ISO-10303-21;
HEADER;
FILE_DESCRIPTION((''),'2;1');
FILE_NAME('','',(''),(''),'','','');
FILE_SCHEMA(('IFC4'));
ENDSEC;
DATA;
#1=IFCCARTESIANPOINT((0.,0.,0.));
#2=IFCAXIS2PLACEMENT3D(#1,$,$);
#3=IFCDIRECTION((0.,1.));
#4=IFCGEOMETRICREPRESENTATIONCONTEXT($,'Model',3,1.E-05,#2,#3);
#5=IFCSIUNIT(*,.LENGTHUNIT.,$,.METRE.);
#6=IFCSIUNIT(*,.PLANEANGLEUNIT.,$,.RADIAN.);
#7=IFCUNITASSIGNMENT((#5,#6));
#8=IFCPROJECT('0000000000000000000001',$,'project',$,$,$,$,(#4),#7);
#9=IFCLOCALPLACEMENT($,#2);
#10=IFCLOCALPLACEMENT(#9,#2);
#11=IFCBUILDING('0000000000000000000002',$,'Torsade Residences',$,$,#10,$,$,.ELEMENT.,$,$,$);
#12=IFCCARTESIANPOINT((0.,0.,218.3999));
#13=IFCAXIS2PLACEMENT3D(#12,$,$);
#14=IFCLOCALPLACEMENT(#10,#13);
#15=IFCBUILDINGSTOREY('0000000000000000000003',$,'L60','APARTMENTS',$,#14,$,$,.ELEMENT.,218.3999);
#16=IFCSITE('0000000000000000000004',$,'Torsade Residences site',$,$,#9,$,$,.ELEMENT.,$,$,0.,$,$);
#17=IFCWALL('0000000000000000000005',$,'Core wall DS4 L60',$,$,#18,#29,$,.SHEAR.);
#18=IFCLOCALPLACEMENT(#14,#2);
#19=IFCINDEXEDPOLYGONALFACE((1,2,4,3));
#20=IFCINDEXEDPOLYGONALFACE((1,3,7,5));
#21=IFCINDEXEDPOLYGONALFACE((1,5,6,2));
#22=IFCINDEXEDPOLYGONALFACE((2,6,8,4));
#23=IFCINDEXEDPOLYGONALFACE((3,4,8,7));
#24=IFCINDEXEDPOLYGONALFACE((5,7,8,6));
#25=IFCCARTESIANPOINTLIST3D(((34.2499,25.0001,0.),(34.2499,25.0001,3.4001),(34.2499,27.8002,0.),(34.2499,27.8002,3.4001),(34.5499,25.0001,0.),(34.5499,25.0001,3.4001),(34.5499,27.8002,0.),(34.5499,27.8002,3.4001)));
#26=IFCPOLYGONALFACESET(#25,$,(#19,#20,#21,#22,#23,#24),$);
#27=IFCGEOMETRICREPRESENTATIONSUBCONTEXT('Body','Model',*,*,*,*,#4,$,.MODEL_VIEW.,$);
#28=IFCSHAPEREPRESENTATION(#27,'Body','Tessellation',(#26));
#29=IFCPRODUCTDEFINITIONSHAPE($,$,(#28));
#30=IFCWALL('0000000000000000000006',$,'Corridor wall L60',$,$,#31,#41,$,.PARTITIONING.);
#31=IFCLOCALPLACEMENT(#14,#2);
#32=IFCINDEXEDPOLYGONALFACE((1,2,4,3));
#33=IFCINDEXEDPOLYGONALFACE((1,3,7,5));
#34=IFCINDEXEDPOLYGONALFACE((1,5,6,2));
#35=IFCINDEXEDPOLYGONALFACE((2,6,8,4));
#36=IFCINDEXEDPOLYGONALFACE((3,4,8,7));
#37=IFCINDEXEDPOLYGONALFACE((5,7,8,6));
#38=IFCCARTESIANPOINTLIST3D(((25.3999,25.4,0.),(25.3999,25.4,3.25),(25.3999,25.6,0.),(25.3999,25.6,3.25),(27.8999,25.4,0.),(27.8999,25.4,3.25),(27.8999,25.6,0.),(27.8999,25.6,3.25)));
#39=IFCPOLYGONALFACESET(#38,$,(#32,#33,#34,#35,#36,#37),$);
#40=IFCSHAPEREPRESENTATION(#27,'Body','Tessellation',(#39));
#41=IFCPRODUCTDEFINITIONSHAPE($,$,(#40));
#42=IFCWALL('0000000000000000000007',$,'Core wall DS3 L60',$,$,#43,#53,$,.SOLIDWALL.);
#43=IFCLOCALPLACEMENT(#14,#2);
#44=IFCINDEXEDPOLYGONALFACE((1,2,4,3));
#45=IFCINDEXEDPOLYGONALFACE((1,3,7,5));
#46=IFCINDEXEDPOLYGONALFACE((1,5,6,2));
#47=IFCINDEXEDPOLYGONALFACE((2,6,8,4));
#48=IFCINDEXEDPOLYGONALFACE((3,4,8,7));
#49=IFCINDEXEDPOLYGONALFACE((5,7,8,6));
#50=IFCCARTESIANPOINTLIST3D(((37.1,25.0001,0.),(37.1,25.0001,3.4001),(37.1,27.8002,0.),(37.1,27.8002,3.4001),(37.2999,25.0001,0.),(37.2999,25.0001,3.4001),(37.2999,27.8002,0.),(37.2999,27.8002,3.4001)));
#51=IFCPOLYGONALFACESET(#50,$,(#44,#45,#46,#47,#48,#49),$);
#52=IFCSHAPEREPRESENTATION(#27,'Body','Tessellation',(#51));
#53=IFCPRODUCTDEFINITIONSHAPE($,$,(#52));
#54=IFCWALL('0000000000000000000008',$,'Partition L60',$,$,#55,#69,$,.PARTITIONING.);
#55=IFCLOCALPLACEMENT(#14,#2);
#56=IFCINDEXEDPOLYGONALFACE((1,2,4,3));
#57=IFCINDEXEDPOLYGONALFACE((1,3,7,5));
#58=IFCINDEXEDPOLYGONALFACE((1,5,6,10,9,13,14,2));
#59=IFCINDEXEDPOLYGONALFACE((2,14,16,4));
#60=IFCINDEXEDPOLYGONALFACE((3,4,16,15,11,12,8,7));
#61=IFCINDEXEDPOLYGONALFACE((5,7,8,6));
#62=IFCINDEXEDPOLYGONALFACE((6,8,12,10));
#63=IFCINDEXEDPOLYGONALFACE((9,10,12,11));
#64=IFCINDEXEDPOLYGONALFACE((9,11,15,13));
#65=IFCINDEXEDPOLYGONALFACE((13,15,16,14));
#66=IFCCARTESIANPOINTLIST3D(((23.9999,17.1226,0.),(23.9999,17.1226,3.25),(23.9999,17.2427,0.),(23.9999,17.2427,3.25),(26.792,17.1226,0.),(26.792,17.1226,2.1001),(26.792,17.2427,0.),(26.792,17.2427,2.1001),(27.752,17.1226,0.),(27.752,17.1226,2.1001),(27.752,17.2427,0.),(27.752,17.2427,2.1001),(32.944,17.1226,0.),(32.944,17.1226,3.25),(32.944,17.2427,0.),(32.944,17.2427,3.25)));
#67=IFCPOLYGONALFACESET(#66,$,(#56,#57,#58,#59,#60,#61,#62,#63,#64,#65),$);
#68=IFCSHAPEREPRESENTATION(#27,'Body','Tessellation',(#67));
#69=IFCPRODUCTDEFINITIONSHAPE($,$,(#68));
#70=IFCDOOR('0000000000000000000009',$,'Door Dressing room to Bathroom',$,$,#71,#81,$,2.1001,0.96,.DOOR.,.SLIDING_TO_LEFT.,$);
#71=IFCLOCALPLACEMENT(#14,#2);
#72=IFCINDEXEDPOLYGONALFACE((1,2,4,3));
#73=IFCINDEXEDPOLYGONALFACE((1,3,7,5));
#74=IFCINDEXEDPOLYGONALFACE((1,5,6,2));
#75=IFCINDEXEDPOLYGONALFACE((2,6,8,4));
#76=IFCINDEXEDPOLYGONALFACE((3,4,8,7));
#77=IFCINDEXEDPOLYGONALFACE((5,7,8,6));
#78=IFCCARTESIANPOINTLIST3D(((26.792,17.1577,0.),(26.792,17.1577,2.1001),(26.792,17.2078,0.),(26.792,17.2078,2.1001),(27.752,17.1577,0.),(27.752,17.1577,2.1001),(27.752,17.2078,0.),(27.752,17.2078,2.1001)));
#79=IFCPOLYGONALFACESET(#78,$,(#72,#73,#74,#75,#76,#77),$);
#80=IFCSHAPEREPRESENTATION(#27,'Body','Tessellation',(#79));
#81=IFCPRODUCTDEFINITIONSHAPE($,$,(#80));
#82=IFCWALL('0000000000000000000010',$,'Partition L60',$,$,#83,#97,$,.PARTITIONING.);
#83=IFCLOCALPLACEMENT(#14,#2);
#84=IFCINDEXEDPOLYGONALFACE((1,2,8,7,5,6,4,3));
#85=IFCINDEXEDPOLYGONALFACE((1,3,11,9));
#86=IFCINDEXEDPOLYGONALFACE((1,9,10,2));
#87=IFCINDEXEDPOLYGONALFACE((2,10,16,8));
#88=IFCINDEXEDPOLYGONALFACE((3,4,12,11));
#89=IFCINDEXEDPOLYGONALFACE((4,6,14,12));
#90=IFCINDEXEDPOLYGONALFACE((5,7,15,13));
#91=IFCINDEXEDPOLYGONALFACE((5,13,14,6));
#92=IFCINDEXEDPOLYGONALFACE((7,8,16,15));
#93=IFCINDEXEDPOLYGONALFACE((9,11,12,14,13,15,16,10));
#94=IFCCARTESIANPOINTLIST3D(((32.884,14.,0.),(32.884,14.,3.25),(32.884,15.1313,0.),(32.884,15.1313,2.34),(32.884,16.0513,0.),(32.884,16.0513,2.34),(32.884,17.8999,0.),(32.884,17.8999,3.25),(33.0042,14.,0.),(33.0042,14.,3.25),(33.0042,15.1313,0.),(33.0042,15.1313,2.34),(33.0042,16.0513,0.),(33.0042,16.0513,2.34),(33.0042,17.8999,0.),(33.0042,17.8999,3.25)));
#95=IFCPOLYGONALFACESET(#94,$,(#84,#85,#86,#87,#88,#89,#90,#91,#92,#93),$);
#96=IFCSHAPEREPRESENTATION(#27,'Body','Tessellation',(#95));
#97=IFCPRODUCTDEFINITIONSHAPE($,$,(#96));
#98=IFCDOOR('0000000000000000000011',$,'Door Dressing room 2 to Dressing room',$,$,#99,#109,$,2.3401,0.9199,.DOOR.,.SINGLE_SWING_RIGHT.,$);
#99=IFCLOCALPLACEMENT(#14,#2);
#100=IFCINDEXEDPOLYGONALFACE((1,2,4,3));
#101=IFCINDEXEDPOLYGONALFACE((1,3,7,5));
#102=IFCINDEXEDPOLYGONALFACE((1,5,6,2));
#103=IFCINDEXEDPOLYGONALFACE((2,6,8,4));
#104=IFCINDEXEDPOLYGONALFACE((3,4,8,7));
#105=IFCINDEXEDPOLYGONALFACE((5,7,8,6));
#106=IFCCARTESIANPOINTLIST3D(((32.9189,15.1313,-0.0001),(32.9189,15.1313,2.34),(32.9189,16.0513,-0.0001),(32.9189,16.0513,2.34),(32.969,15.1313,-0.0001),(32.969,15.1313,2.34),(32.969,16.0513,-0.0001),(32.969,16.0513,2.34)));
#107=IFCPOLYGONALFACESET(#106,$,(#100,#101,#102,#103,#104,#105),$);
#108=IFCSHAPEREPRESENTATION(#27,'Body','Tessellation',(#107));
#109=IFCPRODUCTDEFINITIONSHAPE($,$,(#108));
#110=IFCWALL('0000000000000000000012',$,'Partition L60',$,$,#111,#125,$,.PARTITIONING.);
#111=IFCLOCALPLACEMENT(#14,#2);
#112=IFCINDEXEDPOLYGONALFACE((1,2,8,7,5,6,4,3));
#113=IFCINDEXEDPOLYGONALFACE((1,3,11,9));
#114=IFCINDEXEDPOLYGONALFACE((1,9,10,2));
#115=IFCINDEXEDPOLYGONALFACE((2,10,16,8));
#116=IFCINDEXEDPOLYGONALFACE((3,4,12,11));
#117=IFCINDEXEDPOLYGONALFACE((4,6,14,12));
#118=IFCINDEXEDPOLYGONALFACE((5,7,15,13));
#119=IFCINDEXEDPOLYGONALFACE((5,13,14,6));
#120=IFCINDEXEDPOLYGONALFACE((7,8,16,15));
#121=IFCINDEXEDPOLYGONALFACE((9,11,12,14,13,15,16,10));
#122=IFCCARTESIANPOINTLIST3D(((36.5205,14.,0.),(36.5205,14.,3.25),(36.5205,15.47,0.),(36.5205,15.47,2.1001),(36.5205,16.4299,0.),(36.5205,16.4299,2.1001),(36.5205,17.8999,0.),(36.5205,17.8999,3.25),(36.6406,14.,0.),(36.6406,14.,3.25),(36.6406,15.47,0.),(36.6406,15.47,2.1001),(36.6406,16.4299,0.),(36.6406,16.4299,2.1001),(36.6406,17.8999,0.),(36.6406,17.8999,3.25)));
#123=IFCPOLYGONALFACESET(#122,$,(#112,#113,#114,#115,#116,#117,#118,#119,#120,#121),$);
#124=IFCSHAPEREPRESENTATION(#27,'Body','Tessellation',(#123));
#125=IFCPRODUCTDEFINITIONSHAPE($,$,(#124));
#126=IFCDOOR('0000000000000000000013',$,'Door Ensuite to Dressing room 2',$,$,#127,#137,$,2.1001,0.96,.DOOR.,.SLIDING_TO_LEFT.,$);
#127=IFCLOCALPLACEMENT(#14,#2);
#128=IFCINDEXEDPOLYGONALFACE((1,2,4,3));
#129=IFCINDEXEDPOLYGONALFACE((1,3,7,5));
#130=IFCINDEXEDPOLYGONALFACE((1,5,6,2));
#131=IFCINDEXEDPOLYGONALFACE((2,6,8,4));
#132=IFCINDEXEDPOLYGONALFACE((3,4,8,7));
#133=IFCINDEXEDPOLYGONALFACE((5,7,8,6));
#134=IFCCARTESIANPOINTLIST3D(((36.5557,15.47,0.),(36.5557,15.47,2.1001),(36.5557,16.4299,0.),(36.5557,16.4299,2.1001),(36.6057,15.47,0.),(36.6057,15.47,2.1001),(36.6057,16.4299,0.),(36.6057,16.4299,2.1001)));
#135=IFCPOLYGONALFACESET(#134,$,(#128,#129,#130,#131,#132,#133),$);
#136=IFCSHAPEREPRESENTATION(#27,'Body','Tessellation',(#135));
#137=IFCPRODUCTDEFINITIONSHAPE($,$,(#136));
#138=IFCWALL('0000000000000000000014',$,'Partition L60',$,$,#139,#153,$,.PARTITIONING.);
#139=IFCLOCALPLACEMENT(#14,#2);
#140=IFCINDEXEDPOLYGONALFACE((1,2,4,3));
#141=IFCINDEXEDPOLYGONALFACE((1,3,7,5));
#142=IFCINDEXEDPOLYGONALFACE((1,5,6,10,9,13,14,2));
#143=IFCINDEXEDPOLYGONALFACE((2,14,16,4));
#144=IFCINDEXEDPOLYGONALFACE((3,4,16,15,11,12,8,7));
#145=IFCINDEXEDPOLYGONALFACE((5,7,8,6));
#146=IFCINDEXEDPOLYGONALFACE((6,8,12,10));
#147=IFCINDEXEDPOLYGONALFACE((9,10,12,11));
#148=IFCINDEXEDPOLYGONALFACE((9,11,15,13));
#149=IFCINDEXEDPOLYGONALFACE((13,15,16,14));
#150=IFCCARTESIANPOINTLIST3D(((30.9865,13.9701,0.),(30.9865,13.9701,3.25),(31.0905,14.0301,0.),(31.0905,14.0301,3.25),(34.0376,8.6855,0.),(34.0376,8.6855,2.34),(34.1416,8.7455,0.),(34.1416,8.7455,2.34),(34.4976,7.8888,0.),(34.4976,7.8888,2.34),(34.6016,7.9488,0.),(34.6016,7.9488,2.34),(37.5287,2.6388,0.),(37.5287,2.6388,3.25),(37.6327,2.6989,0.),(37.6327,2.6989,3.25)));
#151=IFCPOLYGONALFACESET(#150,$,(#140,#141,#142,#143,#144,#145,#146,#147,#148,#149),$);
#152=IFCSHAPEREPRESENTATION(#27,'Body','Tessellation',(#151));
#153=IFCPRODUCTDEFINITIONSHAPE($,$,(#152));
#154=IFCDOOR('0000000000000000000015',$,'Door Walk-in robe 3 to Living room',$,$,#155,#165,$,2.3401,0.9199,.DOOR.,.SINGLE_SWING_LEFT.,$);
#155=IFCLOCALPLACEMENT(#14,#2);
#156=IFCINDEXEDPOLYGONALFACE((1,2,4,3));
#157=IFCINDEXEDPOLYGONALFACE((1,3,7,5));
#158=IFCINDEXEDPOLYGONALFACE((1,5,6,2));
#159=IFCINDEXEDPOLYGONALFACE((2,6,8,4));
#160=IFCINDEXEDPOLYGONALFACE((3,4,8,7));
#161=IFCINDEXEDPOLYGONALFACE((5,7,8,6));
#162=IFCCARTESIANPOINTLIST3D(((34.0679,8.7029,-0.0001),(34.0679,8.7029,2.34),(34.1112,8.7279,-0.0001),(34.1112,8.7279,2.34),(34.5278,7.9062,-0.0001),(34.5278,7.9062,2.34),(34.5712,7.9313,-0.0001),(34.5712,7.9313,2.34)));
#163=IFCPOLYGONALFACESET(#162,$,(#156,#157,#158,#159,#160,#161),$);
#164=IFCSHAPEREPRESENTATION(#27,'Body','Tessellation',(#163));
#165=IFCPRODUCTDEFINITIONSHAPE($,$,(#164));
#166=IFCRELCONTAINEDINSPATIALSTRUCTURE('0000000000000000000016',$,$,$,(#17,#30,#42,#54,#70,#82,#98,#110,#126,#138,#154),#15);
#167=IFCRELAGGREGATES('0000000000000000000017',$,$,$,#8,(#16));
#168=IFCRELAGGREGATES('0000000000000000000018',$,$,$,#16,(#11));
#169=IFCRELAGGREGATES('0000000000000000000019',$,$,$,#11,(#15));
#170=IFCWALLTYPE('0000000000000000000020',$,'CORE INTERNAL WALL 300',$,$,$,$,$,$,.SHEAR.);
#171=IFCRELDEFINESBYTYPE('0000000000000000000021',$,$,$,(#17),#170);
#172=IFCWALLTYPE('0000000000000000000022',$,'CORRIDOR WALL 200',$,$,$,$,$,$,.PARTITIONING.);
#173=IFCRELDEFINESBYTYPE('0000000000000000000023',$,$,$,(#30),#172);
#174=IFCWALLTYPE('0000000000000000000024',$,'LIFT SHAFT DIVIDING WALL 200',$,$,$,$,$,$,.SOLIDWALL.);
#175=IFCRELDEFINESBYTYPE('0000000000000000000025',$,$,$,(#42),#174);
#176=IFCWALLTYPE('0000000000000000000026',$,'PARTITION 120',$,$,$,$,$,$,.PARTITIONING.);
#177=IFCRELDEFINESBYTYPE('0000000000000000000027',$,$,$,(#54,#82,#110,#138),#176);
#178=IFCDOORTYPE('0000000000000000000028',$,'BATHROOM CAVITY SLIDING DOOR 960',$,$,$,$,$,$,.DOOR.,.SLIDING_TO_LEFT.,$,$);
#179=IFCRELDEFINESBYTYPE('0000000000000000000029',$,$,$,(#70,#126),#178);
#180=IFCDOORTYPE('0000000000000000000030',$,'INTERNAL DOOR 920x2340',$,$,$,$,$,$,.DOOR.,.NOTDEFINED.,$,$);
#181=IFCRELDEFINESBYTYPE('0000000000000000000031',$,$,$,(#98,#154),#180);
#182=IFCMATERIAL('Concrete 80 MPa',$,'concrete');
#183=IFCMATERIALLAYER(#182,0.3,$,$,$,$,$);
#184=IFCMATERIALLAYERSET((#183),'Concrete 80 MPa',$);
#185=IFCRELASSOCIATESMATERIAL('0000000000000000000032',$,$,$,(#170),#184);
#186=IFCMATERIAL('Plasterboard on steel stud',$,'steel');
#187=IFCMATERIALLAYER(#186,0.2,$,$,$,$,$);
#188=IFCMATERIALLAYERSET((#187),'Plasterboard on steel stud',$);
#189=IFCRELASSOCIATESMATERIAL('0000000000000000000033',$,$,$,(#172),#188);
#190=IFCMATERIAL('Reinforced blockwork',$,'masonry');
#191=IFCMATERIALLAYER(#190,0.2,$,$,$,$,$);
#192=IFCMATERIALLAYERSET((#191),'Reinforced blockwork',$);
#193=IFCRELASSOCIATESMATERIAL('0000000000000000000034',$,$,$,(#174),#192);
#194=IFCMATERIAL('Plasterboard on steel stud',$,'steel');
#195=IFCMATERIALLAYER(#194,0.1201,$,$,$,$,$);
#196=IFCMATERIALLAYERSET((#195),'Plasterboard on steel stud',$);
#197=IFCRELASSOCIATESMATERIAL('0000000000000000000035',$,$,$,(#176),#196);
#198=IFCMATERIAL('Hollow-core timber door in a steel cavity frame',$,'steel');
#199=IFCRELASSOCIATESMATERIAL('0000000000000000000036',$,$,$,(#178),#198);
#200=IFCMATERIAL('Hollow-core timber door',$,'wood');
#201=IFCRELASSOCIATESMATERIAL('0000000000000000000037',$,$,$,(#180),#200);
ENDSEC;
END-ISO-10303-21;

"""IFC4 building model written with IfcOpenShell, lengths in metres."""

from ifc_helpers import new_model, si_unit, direction, frame, frame_2d, origin, place, context, subcontext, project, spatial, rectangle, extrude, material, layer, layer_set, type_object, element, fill, save


model = new_model("IFC4")

# Units and contexts
model_context = context("Model", 3, precision=1e-05, world=origin(), true_north=direction((0.0, 1.0)))
body_context = subcontext(model_context, "Body", "Model", "MODEL_VIEW")
ifc_project = project(units=[si_unit("LENGTHUNIT", "METRE"), si_unit("PLANEANGLEUNIT", "RADIAN")], contexts=[model_context])

# Site, building, storey
site_placement = place(None, origin())
site = spatial("IfcSite", under=ifc_project, at=site_placement, Name="Torsade Residences site", CompositionType="ELEMENT", RefElevation=0.0)
building_placement = place(site_placement, origin())
building = spatial("IfcBuilding", under=site, at=building_placement, Name="Torsade Residences", CompositionType="ELEMENT")
storey_placement = place(building_placement, frame((0.0, 0.0, 218.3999)))
storey = spatial("IfcBuildingStorey", under=building, at=storey_placement, Name="L60", Description="APARTMENTS", CompositionType="ELEMENT", Elevation=218.3999)

# Walls
ifc_material_1 = material(Name="Concrete 80 MPa", Category="concrete")
ifc_layer_1 = layer(ifc_material_1, 0.3)
ifc_layer_set_1 = layer_set([ifc_layer_1], Name="Concrete 80 MPa")
wall_type_1 = type_object("IfcWallType", Name="CORE INTERNAL WALL 300", PredefinedType="SHEAR", material=ifc_layer_set_1)
wall_1_placement = place(storey_placement, frame((34.3999, 27.8, 0.0), z_axis=(0.0, 0.0, 1.0), x_axis=(0.0, -1.0, 0.0)))
element("IfcWall", 1, at=wall_1_placement, inside=storey, type_object=wall_type_1, Name="Core wall DS4 L60", PredefinedType="SHEAR", context=body_context, shape_type="SweptSolid", body=[
    extrude(rectangle(XDim=2.8, YDim=0.3, at=frame_2d((1.3999, 0.0))), origin(), (0.0, 0.0, 1.0), 3.4001),
])
ifc_material_2 = material(Name="Plasterboard on steel stud", Category="steel")
ifc_layer_2 = layer(ifc_material_2, 0.2)
ifc_layer_set_2 = layer_set([ifc_layer_2], Name="Plasterboard on steel stud")
wall_type_2 = type_object("IfcWallType", Name="CORRIDOR WALL 200", PredefinedType="PARTITIONING", material=ifc_layer_set_2)
wall_2_placement = place(storey_placement, frame((27.8999, 25.5, 0.0), z_axis=(0.0, 0.0, 1.0), x_axis=(-1.0, 0.0, 0.0)))
element("IfcWall", 2, at=wall_2_placement, inside=storey, type_object=wall_type_2, Name="Corridor wall L60", PredefinedType="PARTITIONING", context=body_context, shape_type="SweptSolid", body=[
    extrude(rectangle(XDim=2.5, YDim=0.2, at=frame_2d((1.25, 0.0))), origin(), (0.0, 0.0, 1.0), 3.25),
])
ifc_material_3 = material(Name="Reinforced blockwork", Category="masonry")
ifc_layer_3 = layer(ifc_material_3, 0.2)
ifc_layer_set_3 = layer_set([ifc_layer_3], Name="Reinforced blockwork")
wall_type_3 = type_object("IfcWallType", Name="LIFT SHAFT DIVIDING WALL 200", PredefinedType="SOLIDWALL", material=ifc_layer_set_3)
wall_3_placement = place(storey_placement, frame((37.2, 27.8, 0.0), z_axis=(0.0, 0.0, 1.0), x_axis=(0.0, -1.0, 0.0)))
element("IfcWall", 3, at=wall_3_placement, inside=storey, type_object=wall_type_3, Name="Core wall DS3 L60", PredefinedType="SOLIDWALL", context=body_context, shape_type="SweptSolid", body=[
    extrude(rectangle(XDim=2.8, YDim=0.2, at=frame_2d((1.3999, 0.0))), origin(), (0.0, 0.0, 1.0), 3.4001),
])

# Walls, openings, doors
ifc_material_4 = material(Name="Plasterboard on steel stud", Category="steel")
ifc_layer_4 = layer(ifc_material_4, 0.1201)
ifc_layer_set_4 = layer_set([ifc_layer_4], Name="Plasterboard on steel stud")
wall_type_4 = type_object("IfcWallType", Name="PARTITION 120", PredefinedType="PARTITIONING", material=ifc_layer_set_4)
wall_4_placement = place(storey_placement, frame((32.9441, 17.1826, 0.0), z_axis=(0.0, 0.0, 1.0), x_axis=(-1.0, 0.0, 0.0)))
wall_4 = element("IfcWall", 4, at=wall_4_placement, inside=storey, type_object=wall_type_4, Name="Partition L60", PredefinedType="PARTITIONING", context=body_context, shape_type="SweptSolid", body=[
    extrude(rectangle(XDim=8.9441, YDim=0.1201, at=frame_2d((4.4722, 0.0))), origin(), (0.0, 0.0, 1.0), 3.25),
])
opening_1_placement = place(wall_4_placement, frame((5.1921, 0.0, 0.0)))
opening_1 = element("IfcOpeningElement", 5, at=opening_1_placement, cuts=wall_4, PredefinedType="OPENING", context=body_context, shape_type="SweptSolid", body=[
    extrude(rectangle(XDim=0.96, YDim=2.1001, at=frame_2d((0.48, 1.05))), frame((0.0, 0.0701, 0.0), z_axis=(0.0, -1.0, 0.0), x_axis=(1.0, 0.0, 0.0)), (0.0, 0.0, 1.0), 0.1401),
])
ifc_material_5 = material(Name="Hollow-core timber door in a steel cavity frame", Category="steel")
door_type_1 = type_object("IfcDoorType", Name="BATHROOM CAVITY SLIDING DOOR 960", OperationType="SLIDING_TO_LEFT", PredefinedType="DOOR", material=ifc_material_5)
door_1_placement = place(opening_1_placement, origin())
door_1 = element("IfcDoor", 6, at=door_1_placement, inside=storey, type_object=door_type_1, Name="Door Dressing room to Bathroom", OperationType="SLIDING_TO_LEFT", OverallHeight=2.1001, OverallWidth=0.96, PredefinedType="DOOR", context=body_context, shape_type="SweptSolid", body=[
    extrude(rectangle(XDim=0.96, YDim=2.1001, at=frame_2d((0.48, 1.05))), frame((0.0, 0.0249, 0.0), z_axis=(0.0, -1.0, 0.0), x_axis=(1.0, 0.0, 0.0)), (0.0, 0.0, 1.0), 0.05),
])
fill(opening_1, door_1)
wall_5_placement = place(storey_placement, frame((32.9441, 17.8999, 0.0), z_axis=(0.0, 0.0, 1.0), x_axis=(0.0, -1.0, 0.0)))
wall_5 = element("IfcWall", 7, at=wall_5_placement, inside=storey, type_object=wall_type_4, Name="Partition L60", PredefinedType="PARTITIONING", context=body_context, shape_type="SweptSolid", body=[
    extrude(rectangle(XDim=3.8999, YDim=0.1201, at=frame_2d((1.95, 0.0))), origin(), (0.0, 0.0, 1.0), 3.25),
])
opening_2_placement = place(wall_5_placement, frame((1.8486, 0.0, 0.0)))
opening_2 = element("IfcOpeningElement", 8, at=opening_2_placement, cuts=wall_5, PredefinedType="OPENING", context=body_context, shape_type="SweptSolid", body=[
    extrude(rectangle(XDim=0.9199, YDim=2.3401, at=frame_2d((0.46, 1.1699))), frame((0.0, 0.0701, 0.0), z_axis=(0.0, -1.0, 0.0), x_axis=(1.0, 0.0, 0.0)), (0.0, 0.0, 1.0), 0.1401),
])
ifc_material_6 = material(Name="Hollow-core timber door", Category="wood")
door_type_2 = type_object("IfcDoorType", Name="INTERNAL DOOR 920x2340", OperationType="NOTDEFINED", PredefinedType="DOOR", material=ifc_material_6)
door_2_placement = place(opening_2_placement, origin())
door_2 = element("IfcDoor", 9, at=door_2_placement, inside=storey, type_object=door_type_2, Name="Door Dressing room 2 to Dressing room", OperationType="SINGLE_SWING_RIGHT", OverallHeight=2.3401, OverallWidth=0.9199, PredefinedType="DOOR", context=body_context, shape_type="SweptSolid", body=[
    extrude(rectangle(XDim=0.9199, YDim=2.3401, at=frame_2d((0.46, 1.1699))), frame((0.0, 0.0249, 0.0), z_axis=(0.0, -1.0, 0.0), x_axis=(1.0, 0.0, 0.0)), (0.0, 0.0, 1.0), 0.05),
])
fill(opening_2, door_2)
wall_6_placement = place(storey_placement, frame((36.5806, 14.0, 0.0), z_axis=(0.0, 0.0, 1.0), x_axis=(0.0, 1.0, 0.0)))
wall_6 = element("IfcWall", 10, at=wall_6_placement, inside=storey, type_object=wall_type_4, Name="Partition L60", PredefinedType="PARTITIONING", context=body_context, shape_type="SweptSolid", body=[
    extrude(rectangle(XDim=3.8999, YDim=0.1201, at=frame_2d((1.95, 0.0))), origin(), (0.0, 0.0, 1.0), 3.25),
])
opening_3_placement = place(wall_6_placement, frame((1.47, 0.0, 0.0)))
opening_3 = element("IfcOpeningElement", 11, at=opening_3_placement, cuts=wall_6, PredefinedType="OPENING", context=body_context, shape_type="SweptSolid", body=[
    extrude(rectangle(XDim=0.96, YDim=2.1001, at=frame_2d((0.48, 1.05))), frame((0.0, 0.0701, 0.0), z_axis=(0.0, -1.0, 0.0), x_axis=(1.0, 0.0, 0.0)), (0.0, 0.0, 1.0), 0.1401),
])
door_3_placement = place(opening_3_placement, origin())
door_3 = element("IfcDoor", 12, at=door_3_placement, inside=storey, type_object=door_type_1, Name="Door Ensuite to Dressing room 2", OperationType="SLIDING_TO_LEFT", OverallHeight=2.1001, OverallWidth=0.96, PredefinedType="DOOR", context=body_context, shape_type="SweptSolid", body=[
    extrude(rectangle(XDim=0.96, YDim=2.1001, at=frame_2d((0.48, 1.05))), frame((0.0, 0.0249, 0.0), z_axis=(0.0, -1.0, 0.0), x_axis=(1.0, 0.0, 0.0)), (0.0, 0.0, 1.0), 0.05),
])
fill(opening_3, door_3)
wall_7_placement = place(storey_placement, frame((31.0386, 14.0, 0.0), z_axis=(0.0, 0.0, 1.0), x_axis=(0.500006, -0.866022, 0.0)))
wall_7 = element("IfcWall", 13, at=wall_7_placement, inside=storey, type_object=wall_type_4, Name="Partition L60", PredefinedType="PARTITIONING", context=body_context, shape_type="SweptSolid", body=[
    extrude(rectangle(XDim=13.0842, YDim=0.1201, at=frame_2d((6.542, 0.0))), origin(), (0.0, 0.0, 1.0), 3.25),
])
opening_4_placement = place(wall_7_placement, frame((6.1021, 0.0, 0.0)))
opening_4 = element("IfcOpeningElement", 14, at=opening_4_placement, cuts=wall_7, PredefinedType="OPENING", context=body_context, shape_type="SweptSolid", body=[
    extrude(rectangle(XDim=0.9199, YDim=2.3401, at=frame_2d((0.46, 1.1699))), frame((0.0, 0.0701, 0.0), z_axis=(0.0, -1.0, 0.0), x_axis=(1.0, 0.0, 0.0)), (0.0, 0.0, 1.0), 0.1401),
])
door_4_placement = place(opening_4_placement, origin())
door_4 = element("IfcDoor", 15, at=door_4_placement, inside=storey, type_object=door_type_2, Name="Door Walk-in robe 3 to Living room", OperationType="SINGLE_SWING_LEFT", OverallHeight=2.3401, OverallWidth=0.9199, PredefinedType="DOOR", context=body_context, shape_type="SweptSolid", body=[
    extrude(rectangle(XDim=0.9199, YDim=2.3401, at=frame_2d((0.46, 1.1699))), frame((0.0, 0.0249, 0.0), z_axis=(0.0, -1.0, 0.0), x_axis=(1.0, 0.0, 0.0)), (0.0, 0.0, 1.0), 0.05),
])
fill(opening_4, door_4)

save(model, "model.ifc")
